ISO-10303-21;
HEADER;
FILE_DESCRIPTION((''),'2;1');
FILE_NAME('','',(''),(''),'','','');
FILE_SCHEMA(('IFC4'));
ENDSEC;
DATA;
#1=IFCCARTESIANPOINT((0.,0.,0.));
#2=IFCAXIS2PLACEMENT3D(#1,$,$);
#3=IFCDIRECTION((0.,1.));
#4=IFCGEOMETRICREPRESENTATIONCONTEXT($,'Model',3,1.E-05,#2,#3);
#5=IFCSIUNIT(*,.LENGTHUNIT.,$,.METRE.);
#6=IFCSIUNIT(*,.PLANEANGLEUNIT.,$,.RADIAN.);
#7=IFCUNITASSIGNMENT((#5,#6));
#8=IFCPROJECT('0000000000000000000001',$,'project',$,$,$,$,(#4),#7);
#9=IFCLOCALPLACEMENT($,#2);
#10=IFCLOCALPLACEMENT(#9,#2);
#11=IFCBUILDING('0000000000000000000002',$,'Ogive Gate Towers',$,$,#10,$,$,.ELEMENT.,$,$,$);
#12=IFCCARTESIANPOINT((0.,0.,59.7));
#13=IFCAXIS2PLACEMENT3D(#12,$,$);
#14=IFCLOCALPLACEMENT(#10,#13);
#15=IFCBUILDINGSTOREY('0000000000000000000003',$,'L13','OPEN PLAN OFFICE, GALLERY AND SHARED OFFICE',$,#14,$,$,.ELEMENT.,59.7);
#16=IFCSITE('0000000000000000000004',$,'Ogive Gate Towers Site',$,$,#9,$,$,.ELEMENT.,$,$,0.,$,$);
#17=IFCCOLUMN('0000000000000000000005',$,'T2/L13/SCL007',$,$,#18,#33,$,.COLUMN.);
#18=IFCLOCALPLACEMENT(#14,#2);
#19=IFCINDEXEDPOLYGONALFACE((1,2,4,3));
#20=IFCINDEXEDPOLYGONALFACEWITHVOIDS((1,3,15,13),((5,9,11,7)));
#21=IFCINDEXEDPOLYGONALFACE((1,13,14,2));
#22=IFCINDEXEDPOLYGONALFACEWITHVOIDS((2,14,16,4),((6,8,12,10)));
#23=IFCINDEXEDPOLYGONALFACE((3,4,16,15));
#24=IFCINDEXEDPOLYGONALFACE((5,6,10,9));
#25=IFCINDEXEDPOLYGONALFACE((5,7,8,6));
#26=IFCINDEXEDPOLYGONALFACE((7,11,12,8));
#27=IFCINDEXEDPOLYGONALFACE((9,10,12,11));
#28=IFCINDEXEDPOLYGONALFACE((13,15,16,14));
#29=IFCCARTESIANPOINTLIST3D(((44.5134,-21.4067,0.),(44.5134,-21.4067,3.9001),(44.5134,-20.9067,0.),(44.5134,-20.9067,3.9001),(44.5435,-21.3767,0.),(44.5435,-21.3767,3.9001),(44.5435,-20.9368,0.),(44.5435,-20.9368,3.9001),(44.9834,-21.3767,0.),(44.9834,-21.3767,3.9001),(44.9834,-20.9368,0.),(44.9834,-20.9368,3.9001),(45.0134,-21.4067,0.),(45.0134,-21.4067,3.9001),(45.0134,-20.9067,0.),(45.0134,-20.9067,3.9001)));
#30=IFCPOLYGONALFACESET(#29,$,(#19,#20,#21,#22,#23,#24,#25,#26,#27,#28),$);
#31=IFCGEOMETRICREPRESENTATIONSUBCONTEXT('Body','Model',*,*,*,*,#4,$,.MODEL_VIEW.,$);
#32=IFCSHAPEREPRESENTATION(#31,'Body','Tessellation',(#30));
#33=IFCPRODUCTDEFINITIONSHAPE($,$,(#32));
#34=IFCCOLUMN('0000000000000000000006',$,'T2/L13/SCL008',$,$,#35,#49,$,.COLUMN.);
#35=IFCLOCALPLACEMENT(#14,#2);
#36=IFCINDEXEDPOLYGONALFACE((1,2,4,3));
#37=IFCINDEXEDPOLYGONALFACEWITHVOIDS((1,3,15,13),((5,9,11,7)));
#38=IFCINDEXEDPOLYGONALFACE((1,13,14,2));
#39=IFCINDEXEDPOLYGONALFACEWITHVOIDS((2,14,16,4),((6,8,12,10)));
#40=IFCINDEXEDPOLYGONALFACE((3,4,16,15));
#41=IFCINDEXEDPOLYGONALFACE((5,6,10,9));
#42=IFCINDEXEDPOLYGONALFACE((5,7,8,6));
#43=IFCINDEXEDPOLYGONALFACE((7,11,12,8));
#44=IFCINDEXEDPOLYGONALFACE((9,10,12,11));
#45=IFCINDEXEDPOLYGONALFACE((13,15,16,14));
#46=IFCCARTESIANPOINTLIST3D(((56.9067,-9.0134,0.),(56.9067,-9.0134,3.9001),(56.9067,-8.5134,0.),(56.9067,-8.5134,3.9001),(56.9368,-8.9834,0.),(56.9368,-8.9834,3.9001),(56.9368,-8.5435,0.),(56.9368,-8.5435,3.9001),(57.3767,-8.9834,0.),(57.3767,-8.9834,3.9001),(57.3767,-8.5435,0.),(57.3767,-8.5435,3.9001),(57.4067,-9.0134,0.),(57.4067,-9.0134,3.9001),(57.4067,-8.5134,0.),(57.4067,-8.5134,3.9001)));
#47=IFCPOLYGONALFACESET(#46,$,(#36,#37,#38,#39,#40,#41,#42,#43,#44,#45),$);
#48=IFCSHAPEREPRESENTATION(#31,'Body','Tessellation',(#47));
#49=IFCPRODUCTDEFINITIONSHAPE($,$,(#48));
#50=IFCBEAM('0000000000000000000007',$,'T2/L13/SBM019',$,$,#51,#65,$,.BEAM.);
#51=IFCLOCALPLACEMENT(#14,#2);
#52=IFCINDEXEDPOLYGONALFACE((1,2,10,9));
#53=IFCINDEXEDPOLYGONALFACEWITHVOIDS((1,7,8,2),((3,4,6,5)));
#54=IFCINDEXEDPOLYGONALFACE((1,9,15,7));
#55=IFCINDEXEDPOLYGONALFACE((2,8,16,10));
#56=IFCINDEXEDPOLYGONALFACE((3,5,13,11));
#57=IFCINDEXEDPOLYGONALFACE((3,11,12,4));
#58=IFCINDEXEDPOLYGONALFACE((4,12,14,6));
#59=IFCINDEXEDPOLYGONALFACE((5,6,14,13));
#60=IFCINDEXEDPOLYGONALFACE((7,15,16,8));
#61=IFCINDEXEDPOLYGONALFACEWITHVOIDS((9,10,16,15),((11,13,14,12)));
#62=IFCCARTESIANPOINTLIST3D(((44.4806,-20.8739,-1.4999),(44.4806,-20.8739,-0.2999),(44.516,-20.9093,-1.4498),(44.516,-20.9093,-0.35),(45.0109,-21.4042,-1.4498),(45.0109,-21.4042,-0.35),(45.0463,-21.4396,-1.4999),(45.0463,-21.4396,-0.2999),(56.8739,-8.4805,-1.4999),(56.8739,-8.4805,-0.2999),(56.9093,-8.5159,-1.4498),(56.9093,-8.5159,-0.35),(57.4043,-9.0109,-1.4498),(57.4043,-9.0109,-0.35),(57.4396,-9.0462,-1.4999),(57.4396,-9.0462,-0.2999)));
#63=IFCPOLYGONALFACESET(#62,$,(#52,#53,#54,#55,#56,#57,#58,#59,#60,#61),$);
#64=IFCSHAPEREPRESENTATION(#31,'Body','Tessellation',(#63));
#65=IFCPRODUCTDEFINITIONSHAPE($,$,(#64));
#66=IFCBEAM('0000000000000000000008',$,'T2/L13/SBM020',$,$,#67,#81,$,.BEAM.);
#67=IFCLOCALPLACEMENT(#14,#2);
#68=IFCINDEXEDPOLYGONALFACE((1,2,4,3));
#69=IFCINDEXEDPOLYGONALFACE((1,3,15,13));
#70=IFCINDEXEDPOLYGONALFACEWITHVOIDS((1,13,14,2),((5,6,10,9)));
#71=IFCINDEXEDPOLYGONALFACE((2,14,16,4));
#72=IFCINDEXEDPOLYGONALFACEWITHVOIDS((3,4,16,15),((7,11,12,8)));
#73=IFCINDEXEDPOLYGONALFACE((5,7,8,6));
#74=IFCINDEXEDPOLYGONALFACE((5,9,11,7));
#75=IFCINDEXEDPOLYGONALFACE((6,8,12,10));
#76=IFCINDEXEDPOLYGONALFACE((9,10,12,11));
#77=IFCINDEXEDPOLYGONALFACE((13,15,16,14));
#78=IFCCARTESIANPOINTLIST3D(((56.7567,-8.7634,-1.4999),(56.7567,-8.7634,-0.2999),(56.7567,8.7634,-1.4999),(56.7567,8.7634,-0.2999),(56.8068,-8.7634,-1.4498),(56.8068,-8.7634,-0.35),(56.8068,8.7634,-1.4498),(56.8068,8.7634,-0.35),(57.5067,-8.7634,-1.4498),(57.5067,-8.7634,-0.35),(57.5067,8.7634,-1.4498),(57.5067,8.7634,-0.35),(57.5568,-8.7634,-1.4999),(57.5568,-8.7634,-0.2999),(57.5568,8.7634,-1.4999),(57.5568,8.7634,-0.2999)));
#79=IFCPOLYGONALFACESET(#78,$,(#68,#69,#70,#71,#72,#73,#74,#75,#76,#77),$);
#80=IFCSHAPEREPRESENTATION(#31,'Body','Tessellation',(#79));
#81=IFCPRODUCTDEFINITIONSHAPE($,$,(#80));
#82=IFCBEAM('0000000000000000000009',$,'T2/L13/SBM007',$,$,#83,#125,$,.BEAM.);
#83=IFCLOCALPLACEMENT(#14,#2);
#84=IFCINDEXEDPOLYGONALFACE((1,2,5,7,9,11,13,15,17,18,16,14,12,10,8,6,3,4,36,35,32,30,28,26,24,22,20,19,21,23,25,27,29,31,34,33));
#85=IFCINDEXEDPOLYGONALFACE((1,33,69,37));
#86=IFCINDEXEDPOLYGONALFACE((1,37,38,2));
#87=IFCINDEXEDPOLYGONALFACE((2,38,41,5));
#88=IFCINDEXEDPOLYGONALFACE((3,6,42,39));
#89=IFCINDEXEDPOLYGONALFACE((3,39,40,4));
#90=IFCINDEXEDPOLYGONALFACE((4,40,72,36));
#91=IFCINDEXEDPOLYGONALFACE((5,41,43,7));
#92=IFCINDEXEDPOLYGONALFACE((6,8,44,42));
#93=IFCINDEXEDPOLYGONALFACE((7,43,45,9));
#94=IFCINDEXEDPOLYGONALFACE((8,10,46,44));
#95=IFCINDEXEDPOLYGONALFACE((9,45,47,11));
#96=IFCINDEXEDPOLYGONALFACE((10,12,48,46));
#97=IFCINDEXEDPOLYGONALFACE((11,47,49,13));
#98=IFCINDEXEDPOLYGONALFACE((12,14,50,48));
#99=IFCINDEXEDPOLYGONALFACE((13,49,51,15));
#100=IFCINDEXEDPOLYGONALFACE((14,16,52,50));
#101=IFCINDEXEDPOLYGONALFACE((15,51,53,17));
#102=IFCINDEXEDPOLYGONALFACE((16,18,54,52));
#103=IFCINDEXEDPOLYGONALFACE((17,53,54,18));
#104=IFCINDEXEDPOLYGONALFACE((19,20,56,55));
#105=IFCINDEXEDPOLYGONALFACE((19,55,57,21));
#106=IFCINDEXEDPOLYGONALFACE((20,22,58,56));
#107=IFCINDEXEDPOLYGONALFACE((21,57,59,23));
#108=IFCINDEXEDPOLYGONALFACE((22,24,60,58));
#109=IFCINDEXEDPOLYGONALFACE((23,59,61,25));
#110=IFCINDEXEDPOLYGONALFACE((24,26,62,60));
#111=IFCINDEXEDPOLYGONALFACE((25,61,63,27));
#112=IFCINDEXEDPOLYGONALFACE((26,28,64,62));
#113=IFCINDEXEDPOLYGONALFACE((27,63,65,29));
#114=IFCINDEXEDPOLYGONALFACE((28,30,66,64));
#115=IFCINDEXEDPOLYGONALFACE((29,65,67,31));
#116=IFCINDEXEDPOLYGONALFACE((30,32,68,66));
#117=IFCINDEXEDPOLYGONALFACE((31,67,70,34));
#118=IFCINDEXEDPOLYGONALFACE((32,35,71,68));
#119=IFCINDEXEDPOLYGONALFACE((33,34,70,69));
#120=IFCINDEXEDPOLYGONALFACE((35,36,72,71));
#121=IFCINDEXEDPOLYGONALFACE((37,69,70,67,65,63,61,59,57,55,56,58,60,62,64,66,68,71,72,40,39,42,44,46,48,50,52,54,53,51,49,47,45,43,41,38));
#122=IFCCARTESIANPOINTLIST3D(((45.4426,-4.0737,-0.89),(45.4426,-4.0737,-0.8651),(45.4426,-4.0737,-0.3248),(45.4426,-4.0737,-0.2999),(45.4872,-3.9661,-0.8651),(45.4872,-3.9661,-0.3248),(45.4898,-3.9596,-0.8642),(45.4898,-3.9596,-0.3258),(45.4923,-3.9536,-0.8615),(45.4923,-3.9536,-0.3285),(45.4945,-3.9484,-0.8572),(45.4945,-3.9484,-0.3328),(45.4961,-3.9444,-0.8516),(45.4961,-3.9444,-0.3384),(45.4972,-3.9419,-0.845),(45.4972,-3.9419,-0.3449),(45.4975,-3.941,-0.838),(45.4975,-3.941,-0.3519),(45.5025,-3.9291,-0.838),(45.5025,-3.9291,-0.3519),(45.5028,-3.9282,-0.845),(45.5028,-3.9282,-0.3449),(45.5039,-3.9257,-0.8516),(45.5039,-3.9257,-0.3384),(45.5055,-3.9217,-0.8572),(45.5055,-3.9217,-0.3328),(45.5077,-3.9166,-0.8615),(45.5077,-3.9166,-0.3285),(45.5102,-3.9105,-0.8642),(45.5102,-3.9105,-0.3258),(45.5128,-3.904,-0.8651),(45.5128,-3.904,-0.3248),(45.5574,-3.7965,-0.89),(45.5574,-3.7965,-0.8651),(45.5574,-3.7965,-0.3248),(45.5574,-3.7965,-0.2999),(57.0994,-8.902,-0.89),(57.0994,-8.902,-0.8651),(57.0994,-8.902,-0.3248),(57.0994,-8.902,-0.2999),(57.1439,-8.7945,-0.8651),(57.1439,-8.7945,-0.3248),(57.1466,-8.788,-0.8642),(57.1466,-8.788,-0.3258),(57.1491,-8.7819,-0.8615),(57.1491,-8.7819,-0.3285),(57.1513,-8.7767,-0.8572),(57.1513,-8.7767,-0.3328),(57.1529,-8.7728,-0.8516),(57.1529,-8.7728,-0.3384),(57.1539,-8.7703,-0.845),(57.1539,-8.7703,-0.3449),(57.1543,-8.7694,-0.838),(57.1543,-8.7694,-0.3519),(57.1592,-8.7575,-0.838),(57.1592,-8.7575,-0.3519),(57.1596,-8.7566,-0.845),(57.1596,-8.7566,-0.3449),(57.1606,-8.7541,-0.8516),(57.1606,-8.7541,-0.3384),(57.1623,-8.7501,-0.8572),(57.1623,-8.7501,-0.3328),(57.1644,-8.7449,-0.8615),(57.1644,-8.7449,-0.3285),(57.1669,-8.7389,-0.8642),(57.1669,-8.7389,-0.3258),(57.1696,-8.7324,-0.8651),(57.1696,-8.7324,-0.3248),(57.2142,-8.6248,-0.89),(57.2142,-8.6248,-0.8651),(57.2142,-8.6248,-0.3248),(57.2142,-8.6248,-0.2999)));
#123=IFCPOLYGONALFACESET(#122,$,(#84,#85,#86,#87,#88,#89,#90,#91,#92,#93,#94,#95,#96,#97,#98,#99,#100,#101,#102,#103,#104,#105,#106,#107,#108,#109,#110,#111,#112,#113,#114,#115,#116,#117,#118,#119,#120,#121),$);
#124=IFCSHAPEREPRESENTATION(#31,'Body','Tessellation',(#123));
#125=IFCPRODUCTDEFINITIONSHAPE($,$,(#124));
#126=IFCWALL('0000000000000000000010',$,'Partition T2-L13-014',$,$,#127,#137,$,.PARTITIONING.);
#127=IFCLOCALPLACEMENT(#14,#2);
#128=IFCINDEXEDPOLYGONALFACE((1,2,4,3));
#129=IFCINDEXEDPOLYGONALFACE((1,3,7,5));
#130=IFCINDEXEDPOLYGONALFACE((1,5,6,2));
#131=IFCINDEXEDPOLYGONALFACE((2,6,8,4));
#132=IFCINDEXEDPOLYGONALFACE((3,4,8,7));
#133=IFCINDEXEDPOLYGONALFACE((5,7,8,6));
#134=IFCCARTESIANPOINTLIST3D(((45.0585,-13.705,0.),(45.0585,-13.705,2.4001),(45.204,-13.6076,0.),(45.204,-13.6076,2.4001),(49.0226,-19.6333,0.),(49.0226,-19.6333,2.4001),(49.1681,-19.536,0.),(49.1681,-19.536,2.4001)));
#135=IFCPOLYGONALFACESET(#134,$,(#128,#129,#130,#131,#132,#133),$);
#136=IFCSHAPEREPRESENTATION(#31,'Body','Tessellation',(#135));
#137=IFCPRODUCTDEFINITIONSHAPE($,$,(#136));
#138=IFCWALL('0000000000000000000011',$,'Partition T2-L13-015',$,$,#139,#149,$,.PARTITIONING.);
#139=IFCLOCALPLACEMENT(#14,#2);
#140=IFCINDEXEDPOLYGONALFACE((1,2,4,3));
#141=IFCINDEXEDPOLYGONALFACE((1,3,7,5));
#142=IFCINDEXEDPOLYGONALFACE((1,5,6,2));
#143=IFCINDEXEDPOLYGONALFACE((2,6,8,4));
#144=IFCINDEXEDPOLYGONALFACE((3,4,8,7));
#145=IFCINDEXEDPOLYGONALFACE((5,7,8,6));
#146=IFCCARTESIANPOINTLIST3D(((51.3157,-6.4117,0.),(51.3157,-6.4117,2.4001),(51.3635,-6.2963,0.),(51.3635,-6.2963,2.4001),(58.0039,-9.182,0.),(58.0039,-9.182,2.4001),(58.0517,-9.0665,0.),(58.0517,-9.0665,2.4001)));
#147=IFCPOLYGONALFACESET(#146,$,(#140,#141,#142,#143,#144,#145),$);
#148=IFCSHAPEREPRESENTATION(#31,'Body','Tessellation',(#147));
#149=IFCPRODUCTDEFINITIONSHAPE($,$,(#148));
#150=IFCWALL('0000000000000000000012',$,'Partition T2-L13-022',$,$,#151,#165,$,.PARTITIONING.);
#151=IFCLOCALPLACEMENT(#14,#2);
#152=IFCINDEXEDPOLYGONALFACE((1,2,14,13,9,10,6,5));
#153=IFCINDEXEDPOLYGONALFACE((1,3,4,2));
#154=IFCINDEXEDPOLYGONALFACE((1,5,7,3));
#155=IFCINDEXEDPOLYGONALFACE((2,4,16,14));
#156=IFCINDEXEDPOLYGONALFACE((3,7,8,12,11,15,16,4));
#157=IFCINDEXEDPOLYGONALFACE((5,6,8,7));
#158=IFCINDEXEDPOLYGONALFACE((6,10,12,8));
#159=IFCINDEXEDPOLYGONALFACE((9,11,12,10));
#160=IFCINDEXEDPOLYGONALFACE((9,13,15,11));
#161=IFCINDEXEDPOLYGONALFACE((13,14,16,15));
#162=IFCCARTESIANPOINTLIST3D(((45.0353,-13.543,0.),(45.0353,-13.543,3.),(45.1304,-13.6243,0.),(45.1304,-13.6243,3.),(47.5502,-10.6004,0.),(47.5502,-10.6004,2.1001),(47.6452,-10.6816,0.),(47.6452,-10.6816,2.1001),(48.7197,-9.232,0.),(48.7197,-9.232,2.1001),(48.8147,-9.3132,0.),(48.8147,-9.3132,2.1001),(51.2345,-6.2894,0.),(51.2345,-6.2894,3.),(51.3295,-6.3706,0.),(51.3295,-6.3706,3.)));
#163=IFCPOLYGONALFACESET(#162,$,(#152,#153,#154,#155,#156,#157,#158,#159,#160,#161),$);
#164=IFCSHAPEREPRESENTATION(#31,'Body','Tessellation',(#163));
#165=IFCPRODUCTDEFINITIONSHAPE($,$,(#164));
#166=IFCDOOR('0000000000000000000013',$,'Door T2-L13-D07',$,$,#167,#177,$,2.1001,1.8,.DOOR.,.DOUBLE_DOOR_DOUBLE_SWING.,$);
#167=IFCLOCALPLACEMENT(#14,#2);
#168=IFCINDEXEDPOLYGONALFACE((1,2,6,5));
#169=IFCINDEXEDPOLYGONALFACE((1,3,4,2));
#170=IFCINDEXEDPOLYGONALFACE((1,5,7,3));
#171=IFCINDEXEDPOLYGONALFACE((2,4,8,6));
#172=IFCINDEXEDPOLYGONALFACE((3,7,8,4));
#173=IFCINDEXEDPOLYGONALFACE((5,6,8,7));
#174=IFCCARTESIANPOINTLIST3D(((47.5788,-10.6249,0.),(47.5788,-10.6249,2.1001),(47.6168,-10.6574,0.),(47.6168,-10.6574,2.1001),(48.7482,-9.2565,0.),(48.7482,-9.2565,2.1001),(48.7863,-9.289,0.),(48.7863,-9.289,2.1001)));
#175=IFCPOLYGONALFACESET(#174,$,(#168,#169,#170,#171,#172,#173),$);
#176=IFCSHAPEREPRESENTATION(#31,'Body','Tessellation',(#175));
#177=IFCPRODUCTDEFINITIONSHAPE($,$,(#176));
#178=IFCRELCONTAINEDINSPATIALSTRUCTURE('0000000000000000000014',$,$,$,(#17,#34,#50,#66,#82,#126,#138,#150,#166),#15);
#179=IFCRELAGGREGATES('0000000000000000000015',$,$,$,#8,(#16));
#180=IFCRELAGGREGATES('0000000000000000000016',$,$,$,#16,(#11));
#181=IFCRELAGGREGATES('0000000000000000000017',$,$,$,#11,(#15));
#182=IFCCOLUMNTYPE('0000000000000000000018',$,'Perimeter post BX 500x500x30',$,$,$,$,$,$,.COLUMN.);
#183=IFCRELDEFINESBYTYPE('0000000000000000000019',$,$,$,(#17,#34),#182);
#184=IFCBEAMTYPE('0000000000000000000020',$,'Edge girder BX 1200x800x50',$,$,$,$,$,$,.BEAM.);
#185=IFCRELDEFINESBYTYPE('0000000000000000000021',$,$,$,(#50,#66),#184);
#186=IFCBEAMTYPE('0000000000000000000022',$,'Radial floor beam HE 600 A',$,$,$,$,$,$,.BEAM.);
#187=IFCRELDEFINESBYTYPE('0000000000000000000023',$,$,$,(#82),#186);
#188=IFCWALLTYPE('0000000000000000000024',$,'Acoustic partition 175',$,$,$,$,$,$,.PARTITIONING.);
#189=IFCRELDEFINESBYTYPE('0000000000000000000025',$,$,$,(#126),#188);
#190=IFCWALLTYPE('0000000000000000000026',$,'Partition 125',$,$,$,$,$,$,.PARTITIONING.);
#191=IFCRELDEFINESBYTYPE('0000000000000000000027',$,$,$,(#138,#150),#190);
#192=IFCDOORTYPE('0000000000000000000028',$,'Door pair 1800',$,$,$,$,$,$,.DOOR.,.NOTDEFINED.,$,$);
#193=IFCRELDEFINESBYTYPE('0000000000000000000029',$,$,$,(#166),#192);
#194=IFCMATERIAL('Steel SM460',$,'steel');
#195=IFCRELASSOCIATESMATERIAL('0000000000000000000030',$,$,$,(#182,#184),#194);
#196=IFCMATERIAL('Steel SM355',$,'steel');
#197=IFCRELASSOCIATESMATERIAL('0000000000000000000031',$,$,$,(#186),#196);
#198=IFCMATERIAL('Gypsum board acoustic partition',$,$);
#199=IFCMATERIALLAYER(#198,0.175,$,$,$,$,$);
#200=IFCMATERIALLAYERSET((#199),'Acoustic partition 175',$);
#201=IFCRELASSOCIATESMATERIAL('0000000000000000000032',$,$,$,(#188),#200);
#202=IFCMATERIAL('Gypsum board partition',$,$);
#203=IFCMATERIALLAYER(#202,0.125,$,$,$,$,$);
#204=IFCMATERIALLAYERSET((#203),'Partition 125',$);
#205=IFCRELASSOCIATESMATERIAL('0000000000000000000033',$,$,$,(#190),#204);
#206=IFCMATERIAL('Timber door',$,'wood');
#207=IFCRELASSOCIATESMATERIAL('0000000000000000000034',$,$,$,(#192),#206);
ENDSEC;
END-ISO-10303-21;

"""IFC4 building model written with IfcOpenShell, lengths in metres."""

from ifc_helpers import new_model, si_unit, direction, frame, frame_2d, origin, origin_2d, place, context, subcontext, project, spatial, rectangle, hollow_rectangle, i_section, extrude, material, layer, layer_set, material_profile, profile_set, type_object, element, fill, save


model = new_model("IFC4")

# Units and contexts
model_context = context("Model", 3, precision=1e-05, world=origin(), true_north=direction((0.0, 1.0)))
body_context = subcontext(model_context, "Body", "Model", "MODEL_VIEW")
ifc_project = project(units=[si_unit("LENGTHUNIT", "METRE"), si_unit("PLANEANGLEUNIT", "RADIAN")], contexts=[model_context])

# Site, building, storey
site_placement = place(None, origin())
site = spatial("IfcSite", under=ifc_project, at=site_placement, Name="Ogive Gate Towers Site", CompositionType="ELEMENT", RefElevation=0.0)
building_placement = place(site_placement, origin())
building = spatial("IfcBuilding", under=site, at=building_placement, Name="Ogive Gate Towers", CompositionType="ELEMENT")
storey_placement = place(building_placement, frame((0.0, 0.0, 59.7)))
storey = spatial("IfcBuildingStorey", under=building, at=storey_placement, Name="L13", Description="OPEN PLAN OFFICE, GALLERY AND SHARED OFFICE", CompositionType="ELEMENT", Elevation=59.7)

# Columns
ifc_material_1 = material(Name="Steel SM460", Category="steel")
ifc_material_profile_1 = material_profile(ifc_material_1, hollow_rectangle(XDim=0.5, YDim=0.5, WallThickness=0.03, at=origin_2d()), Name="BX 500x500x30")
ifc_profile_set_1 = profile_set([ifc_material_profile_1], Name="Steel SM460")
column_type = type_object("IfcColumnType", Name="Perimeter post BX 500x500x30", PredefinedType="COLUMN", material=ifc_profile_set_1)
for number, where, z_axis, x_axis, name in (
    (1, (44.7634, -21.1567, 0.0), (0.0, 0.0, 1.0), (1.0, 0.0, 0.0), "T2/L13/SCL007"),
    (2, (57.1567, -8.7634, 0.0), (0.0, 0.0, 1.0), (1.0, 0.0, 0.0), "T2/L13/SCL008"),
):
    element("IfcColumn", number, at=place(storey_placement, frame(where, z_axis=z_axis, x_axis=x_axis)), inside=storey, type_object=column_type, Name=name, PredefinedType="COLUMN", context=body_context, shape_type="SweptSolid", body=[
        extrude(hollow_rectangle(XDim=0.5, YDim=0.5, WallThickness=0.03, at=origin_2d()), origin(), (0.0, 0.0, 1.0), 3.9001),
    ])

# Beams
ifc_material_profile_2 = material_profile(ifc_material_1, hollow_rectangle(XDim=0.8, YDim=1.2, WallThickness=0.05, at=origin_2d()), Name="BX 1200x800x50")
ifc_profile_set_2 = profile_set([ifc_material_profile_2], Name="Steel SM460")
beam_type_1 = type_object("IfcBeamType", Name="Edge girder BX 1200x800x50", PredefinedType="BEAM", material=ifc_profile_set_2)
for number, where, z_axis, x_axis, name in (
    (3, (44.7634, -21.1567, -0.8999), (0.707107, 0.707107, 0.0), (-0.707107, 0.707107, 0.0), "T2/L13/SBM019"),
    (4, (57.1567, -8.7634, -0.8999), (0.0, 1.0, 0.0), (-1.0, 0.0, 0.0), "T2/L13/SBM020"),
):
    element("IfcBeam", number, at=place(storey_placement, frame(where, z_axis=z_axis, x_axis=x_axis)), inside=storey, type_object=beam_type_1, Name=name, PredefinedType="BEAM", context=body_context, shape_type="SweptSolid", body=[
        extrude(hollow_rectangle(XDim=0.8, YDim=1.2, WallThickness=0.05, at=origin_2d()), origin(), (0.0, 0.0, 1.0), 17.5269),
    ])
ifc_material_2 = material(Name="Steel SM355", Category="steel")
ifc_material_profile_3 = material_profile(ifc_material_2, i_section(OverallWidth=0.3, OverallDepth=0.5901, WebThickness=0.0129, FlangeThickness=0.0249, FilletRadius=0.0271, at=origin_2d()), Name="HE 600 A")
ifc_profile_set_3 = profile_set([ifc_material_profile_3], Name="Steel SM355")
beam_type_2 = type_object("IfcBeamType", Name="Radial floor beam HE 600 A", PredefinedType="BEAM", material=ifc_profile_set_3)
beam_placement = place(storey_placement, frame((45.5, -3.9351, -0.595), z_axis=(0.92388, -0.382683, 0.0), x_axis=(0.382683, 0.92388, 0.0)))
element("IfcBeam", 5, at=beam_placement, inside=storey, type_object=beam_type_2, Name="T2/L13/SBM007", PredefinedType="BEAM", context=body_context, shape_type="SweptSolid", body=[
    extrude(i_section(OverallWidth=0.3, OverallDepth=0.5901, WebThickness=0.0129, FlangeThickness=0.0249, FilletRadius=0.0271, at=origin_2d()), origin(), (0.0, 0.0, 1.0), 12.6172),
])

# Walls
ifc_material_3 = material(Name="Gypsum board acoustic partition")
ifc_layer_1 = layer(ifc_material_3, 0.175)
ifc_layer_set_1 = layer_set([ifc_layer_1], Name="Acoustic partition 175")
wall_type_1 = type_object("IfcWallType", Name="Acoustic partition 175", PredefinedType="PARTITIONING", material=ifc_layer_set_1)
wall_1_placement = place(storey_placement, frame((49.0955, -19.5847, 0.0), z_axis=(0.0, 0.0, 1.0), x_axis=(-0.555861, 0.831275, 0.0)))
element("IfcWall", 6, at=wall_1_placement, inside=storey, type_object=wall_type_1, Name="Partition T2-L13-014", PredefinedType="PARTITIONING", context=body_context, shape_type="SweptSolid", body=[
    extrude(rectangle(XDim=7.1316, YDim=0.175, at=frame_2d((3.5659, 0.0))), origin(), (0.0, 0.0, 1.0), 2.4001),
])
ifc_material_4 = material(Name="Gypsum board partition")
ifc_layer_2 = layer(ifc_material_4, 0.125)
ifc_layer_set_2 = layer_set([ifc_layer_2], Name="Partition 125")
wall_type_2 = type_object("IfcWallType", Name="Partition 125", PredefinedType="PARTITIONING", material=ifc_layer_set_2)
wall_2_placement = place(storey_placement, frame((58.0278, -9.1243, 0.0), z_axis=(0.0, 0.0, 1.0), x_axis=(-0.923884, 0.382672, 0.0)))
element("IfcWall", 7, at=wall_2_placement, inside=storey, type_object=wall_type_2, Name="Partition T2-L13-015", PredefinedType="PARTITIONING", context=body_context, shape_type="SweptSolid", body=[
    extrude(rectangle(XDim=7.2393, YDim=0.125, at=frame_2d((3.6196, 0.0))), origin(), (0.0, 0.0, 1.0), 2.4001),
])

# Wall, opening, door
wall_3_placement = place(storey_placement, frame((45.0828, -13.5837, 0.0), z_axis=(0.0, 0.0, 1.0), x_axis=(0.649691, 0.760199, 0.0)))
wall_3 = element("IfcWall", 8, at=wall_3_placement, inside=storey, type_object=wall_type_2, Name="Partition T2-L13-022", PredefinedType="PARTITIONING", context=body_context, shape_type="SweptSolid", body=[
    extrude(rectangle(XDim=9.5417, YDim=0.125, at=frame_2d((4.771, 0.0))), origin(), (0.0, 0.0, 1.0), 3.0),
])
opening_1_placement = place(wall_3_placement, frame((3.8711, 0.0, 0.0)))
opening_1 = element("IfcOpeningElement", 9, at=opening_1_placement, cuts=wall_3, PredefinedType="OPENING", context=body_context, shape_type="SweptSolid", body=[
    extrude(rectangle(XDim=1.8, YDim=2.1001, at=frame_2d((0.8999, 1.05))), frame((0.0, 0.0725, 0.0), z_axis=(0.0, -1.0, 0.0), x_axis=(1.0, 0.0, 0.0)), (0.0, 0.0, 1.0), 0.145),
])
ifc_material_5 = material(Name="Timber door", Category="wood")
door_type_1 = type_object("IfcDoorType", Name="Door pair 1800", OperationType="NOTDEFINED", PredefinedType="DOOR", material=ifc_material_5)
door_1_placement = place(opening_1_placement, origin())
door_1 = element("IfcDoor", 10, at=door_1_placement, inside=storey, type_object=door_type_1, Name="Door T2-L13-D07", OperationType="DOUBLE_DOOR_DOUBLE_SWING", OverallHeight=2.1001, OverallWidth=1.8, PredefinedType="DOOR", context=body_context, shape_type="SweptSolid", body=[
    extrude(rectangle(XDim=1.8, YDim=2.1001, at=frame_2d((0.8999, 1.05))), frame((0.0, 0.0249, 0.0), z_axis=(0.0, -1.0, 0.0), x_axis=(1.0, 0.0, 0.0)), (0.0, 0.0, 1.0), 0.05),
])
fill(opening_1, door_1)

save(model, "model.ifc")
